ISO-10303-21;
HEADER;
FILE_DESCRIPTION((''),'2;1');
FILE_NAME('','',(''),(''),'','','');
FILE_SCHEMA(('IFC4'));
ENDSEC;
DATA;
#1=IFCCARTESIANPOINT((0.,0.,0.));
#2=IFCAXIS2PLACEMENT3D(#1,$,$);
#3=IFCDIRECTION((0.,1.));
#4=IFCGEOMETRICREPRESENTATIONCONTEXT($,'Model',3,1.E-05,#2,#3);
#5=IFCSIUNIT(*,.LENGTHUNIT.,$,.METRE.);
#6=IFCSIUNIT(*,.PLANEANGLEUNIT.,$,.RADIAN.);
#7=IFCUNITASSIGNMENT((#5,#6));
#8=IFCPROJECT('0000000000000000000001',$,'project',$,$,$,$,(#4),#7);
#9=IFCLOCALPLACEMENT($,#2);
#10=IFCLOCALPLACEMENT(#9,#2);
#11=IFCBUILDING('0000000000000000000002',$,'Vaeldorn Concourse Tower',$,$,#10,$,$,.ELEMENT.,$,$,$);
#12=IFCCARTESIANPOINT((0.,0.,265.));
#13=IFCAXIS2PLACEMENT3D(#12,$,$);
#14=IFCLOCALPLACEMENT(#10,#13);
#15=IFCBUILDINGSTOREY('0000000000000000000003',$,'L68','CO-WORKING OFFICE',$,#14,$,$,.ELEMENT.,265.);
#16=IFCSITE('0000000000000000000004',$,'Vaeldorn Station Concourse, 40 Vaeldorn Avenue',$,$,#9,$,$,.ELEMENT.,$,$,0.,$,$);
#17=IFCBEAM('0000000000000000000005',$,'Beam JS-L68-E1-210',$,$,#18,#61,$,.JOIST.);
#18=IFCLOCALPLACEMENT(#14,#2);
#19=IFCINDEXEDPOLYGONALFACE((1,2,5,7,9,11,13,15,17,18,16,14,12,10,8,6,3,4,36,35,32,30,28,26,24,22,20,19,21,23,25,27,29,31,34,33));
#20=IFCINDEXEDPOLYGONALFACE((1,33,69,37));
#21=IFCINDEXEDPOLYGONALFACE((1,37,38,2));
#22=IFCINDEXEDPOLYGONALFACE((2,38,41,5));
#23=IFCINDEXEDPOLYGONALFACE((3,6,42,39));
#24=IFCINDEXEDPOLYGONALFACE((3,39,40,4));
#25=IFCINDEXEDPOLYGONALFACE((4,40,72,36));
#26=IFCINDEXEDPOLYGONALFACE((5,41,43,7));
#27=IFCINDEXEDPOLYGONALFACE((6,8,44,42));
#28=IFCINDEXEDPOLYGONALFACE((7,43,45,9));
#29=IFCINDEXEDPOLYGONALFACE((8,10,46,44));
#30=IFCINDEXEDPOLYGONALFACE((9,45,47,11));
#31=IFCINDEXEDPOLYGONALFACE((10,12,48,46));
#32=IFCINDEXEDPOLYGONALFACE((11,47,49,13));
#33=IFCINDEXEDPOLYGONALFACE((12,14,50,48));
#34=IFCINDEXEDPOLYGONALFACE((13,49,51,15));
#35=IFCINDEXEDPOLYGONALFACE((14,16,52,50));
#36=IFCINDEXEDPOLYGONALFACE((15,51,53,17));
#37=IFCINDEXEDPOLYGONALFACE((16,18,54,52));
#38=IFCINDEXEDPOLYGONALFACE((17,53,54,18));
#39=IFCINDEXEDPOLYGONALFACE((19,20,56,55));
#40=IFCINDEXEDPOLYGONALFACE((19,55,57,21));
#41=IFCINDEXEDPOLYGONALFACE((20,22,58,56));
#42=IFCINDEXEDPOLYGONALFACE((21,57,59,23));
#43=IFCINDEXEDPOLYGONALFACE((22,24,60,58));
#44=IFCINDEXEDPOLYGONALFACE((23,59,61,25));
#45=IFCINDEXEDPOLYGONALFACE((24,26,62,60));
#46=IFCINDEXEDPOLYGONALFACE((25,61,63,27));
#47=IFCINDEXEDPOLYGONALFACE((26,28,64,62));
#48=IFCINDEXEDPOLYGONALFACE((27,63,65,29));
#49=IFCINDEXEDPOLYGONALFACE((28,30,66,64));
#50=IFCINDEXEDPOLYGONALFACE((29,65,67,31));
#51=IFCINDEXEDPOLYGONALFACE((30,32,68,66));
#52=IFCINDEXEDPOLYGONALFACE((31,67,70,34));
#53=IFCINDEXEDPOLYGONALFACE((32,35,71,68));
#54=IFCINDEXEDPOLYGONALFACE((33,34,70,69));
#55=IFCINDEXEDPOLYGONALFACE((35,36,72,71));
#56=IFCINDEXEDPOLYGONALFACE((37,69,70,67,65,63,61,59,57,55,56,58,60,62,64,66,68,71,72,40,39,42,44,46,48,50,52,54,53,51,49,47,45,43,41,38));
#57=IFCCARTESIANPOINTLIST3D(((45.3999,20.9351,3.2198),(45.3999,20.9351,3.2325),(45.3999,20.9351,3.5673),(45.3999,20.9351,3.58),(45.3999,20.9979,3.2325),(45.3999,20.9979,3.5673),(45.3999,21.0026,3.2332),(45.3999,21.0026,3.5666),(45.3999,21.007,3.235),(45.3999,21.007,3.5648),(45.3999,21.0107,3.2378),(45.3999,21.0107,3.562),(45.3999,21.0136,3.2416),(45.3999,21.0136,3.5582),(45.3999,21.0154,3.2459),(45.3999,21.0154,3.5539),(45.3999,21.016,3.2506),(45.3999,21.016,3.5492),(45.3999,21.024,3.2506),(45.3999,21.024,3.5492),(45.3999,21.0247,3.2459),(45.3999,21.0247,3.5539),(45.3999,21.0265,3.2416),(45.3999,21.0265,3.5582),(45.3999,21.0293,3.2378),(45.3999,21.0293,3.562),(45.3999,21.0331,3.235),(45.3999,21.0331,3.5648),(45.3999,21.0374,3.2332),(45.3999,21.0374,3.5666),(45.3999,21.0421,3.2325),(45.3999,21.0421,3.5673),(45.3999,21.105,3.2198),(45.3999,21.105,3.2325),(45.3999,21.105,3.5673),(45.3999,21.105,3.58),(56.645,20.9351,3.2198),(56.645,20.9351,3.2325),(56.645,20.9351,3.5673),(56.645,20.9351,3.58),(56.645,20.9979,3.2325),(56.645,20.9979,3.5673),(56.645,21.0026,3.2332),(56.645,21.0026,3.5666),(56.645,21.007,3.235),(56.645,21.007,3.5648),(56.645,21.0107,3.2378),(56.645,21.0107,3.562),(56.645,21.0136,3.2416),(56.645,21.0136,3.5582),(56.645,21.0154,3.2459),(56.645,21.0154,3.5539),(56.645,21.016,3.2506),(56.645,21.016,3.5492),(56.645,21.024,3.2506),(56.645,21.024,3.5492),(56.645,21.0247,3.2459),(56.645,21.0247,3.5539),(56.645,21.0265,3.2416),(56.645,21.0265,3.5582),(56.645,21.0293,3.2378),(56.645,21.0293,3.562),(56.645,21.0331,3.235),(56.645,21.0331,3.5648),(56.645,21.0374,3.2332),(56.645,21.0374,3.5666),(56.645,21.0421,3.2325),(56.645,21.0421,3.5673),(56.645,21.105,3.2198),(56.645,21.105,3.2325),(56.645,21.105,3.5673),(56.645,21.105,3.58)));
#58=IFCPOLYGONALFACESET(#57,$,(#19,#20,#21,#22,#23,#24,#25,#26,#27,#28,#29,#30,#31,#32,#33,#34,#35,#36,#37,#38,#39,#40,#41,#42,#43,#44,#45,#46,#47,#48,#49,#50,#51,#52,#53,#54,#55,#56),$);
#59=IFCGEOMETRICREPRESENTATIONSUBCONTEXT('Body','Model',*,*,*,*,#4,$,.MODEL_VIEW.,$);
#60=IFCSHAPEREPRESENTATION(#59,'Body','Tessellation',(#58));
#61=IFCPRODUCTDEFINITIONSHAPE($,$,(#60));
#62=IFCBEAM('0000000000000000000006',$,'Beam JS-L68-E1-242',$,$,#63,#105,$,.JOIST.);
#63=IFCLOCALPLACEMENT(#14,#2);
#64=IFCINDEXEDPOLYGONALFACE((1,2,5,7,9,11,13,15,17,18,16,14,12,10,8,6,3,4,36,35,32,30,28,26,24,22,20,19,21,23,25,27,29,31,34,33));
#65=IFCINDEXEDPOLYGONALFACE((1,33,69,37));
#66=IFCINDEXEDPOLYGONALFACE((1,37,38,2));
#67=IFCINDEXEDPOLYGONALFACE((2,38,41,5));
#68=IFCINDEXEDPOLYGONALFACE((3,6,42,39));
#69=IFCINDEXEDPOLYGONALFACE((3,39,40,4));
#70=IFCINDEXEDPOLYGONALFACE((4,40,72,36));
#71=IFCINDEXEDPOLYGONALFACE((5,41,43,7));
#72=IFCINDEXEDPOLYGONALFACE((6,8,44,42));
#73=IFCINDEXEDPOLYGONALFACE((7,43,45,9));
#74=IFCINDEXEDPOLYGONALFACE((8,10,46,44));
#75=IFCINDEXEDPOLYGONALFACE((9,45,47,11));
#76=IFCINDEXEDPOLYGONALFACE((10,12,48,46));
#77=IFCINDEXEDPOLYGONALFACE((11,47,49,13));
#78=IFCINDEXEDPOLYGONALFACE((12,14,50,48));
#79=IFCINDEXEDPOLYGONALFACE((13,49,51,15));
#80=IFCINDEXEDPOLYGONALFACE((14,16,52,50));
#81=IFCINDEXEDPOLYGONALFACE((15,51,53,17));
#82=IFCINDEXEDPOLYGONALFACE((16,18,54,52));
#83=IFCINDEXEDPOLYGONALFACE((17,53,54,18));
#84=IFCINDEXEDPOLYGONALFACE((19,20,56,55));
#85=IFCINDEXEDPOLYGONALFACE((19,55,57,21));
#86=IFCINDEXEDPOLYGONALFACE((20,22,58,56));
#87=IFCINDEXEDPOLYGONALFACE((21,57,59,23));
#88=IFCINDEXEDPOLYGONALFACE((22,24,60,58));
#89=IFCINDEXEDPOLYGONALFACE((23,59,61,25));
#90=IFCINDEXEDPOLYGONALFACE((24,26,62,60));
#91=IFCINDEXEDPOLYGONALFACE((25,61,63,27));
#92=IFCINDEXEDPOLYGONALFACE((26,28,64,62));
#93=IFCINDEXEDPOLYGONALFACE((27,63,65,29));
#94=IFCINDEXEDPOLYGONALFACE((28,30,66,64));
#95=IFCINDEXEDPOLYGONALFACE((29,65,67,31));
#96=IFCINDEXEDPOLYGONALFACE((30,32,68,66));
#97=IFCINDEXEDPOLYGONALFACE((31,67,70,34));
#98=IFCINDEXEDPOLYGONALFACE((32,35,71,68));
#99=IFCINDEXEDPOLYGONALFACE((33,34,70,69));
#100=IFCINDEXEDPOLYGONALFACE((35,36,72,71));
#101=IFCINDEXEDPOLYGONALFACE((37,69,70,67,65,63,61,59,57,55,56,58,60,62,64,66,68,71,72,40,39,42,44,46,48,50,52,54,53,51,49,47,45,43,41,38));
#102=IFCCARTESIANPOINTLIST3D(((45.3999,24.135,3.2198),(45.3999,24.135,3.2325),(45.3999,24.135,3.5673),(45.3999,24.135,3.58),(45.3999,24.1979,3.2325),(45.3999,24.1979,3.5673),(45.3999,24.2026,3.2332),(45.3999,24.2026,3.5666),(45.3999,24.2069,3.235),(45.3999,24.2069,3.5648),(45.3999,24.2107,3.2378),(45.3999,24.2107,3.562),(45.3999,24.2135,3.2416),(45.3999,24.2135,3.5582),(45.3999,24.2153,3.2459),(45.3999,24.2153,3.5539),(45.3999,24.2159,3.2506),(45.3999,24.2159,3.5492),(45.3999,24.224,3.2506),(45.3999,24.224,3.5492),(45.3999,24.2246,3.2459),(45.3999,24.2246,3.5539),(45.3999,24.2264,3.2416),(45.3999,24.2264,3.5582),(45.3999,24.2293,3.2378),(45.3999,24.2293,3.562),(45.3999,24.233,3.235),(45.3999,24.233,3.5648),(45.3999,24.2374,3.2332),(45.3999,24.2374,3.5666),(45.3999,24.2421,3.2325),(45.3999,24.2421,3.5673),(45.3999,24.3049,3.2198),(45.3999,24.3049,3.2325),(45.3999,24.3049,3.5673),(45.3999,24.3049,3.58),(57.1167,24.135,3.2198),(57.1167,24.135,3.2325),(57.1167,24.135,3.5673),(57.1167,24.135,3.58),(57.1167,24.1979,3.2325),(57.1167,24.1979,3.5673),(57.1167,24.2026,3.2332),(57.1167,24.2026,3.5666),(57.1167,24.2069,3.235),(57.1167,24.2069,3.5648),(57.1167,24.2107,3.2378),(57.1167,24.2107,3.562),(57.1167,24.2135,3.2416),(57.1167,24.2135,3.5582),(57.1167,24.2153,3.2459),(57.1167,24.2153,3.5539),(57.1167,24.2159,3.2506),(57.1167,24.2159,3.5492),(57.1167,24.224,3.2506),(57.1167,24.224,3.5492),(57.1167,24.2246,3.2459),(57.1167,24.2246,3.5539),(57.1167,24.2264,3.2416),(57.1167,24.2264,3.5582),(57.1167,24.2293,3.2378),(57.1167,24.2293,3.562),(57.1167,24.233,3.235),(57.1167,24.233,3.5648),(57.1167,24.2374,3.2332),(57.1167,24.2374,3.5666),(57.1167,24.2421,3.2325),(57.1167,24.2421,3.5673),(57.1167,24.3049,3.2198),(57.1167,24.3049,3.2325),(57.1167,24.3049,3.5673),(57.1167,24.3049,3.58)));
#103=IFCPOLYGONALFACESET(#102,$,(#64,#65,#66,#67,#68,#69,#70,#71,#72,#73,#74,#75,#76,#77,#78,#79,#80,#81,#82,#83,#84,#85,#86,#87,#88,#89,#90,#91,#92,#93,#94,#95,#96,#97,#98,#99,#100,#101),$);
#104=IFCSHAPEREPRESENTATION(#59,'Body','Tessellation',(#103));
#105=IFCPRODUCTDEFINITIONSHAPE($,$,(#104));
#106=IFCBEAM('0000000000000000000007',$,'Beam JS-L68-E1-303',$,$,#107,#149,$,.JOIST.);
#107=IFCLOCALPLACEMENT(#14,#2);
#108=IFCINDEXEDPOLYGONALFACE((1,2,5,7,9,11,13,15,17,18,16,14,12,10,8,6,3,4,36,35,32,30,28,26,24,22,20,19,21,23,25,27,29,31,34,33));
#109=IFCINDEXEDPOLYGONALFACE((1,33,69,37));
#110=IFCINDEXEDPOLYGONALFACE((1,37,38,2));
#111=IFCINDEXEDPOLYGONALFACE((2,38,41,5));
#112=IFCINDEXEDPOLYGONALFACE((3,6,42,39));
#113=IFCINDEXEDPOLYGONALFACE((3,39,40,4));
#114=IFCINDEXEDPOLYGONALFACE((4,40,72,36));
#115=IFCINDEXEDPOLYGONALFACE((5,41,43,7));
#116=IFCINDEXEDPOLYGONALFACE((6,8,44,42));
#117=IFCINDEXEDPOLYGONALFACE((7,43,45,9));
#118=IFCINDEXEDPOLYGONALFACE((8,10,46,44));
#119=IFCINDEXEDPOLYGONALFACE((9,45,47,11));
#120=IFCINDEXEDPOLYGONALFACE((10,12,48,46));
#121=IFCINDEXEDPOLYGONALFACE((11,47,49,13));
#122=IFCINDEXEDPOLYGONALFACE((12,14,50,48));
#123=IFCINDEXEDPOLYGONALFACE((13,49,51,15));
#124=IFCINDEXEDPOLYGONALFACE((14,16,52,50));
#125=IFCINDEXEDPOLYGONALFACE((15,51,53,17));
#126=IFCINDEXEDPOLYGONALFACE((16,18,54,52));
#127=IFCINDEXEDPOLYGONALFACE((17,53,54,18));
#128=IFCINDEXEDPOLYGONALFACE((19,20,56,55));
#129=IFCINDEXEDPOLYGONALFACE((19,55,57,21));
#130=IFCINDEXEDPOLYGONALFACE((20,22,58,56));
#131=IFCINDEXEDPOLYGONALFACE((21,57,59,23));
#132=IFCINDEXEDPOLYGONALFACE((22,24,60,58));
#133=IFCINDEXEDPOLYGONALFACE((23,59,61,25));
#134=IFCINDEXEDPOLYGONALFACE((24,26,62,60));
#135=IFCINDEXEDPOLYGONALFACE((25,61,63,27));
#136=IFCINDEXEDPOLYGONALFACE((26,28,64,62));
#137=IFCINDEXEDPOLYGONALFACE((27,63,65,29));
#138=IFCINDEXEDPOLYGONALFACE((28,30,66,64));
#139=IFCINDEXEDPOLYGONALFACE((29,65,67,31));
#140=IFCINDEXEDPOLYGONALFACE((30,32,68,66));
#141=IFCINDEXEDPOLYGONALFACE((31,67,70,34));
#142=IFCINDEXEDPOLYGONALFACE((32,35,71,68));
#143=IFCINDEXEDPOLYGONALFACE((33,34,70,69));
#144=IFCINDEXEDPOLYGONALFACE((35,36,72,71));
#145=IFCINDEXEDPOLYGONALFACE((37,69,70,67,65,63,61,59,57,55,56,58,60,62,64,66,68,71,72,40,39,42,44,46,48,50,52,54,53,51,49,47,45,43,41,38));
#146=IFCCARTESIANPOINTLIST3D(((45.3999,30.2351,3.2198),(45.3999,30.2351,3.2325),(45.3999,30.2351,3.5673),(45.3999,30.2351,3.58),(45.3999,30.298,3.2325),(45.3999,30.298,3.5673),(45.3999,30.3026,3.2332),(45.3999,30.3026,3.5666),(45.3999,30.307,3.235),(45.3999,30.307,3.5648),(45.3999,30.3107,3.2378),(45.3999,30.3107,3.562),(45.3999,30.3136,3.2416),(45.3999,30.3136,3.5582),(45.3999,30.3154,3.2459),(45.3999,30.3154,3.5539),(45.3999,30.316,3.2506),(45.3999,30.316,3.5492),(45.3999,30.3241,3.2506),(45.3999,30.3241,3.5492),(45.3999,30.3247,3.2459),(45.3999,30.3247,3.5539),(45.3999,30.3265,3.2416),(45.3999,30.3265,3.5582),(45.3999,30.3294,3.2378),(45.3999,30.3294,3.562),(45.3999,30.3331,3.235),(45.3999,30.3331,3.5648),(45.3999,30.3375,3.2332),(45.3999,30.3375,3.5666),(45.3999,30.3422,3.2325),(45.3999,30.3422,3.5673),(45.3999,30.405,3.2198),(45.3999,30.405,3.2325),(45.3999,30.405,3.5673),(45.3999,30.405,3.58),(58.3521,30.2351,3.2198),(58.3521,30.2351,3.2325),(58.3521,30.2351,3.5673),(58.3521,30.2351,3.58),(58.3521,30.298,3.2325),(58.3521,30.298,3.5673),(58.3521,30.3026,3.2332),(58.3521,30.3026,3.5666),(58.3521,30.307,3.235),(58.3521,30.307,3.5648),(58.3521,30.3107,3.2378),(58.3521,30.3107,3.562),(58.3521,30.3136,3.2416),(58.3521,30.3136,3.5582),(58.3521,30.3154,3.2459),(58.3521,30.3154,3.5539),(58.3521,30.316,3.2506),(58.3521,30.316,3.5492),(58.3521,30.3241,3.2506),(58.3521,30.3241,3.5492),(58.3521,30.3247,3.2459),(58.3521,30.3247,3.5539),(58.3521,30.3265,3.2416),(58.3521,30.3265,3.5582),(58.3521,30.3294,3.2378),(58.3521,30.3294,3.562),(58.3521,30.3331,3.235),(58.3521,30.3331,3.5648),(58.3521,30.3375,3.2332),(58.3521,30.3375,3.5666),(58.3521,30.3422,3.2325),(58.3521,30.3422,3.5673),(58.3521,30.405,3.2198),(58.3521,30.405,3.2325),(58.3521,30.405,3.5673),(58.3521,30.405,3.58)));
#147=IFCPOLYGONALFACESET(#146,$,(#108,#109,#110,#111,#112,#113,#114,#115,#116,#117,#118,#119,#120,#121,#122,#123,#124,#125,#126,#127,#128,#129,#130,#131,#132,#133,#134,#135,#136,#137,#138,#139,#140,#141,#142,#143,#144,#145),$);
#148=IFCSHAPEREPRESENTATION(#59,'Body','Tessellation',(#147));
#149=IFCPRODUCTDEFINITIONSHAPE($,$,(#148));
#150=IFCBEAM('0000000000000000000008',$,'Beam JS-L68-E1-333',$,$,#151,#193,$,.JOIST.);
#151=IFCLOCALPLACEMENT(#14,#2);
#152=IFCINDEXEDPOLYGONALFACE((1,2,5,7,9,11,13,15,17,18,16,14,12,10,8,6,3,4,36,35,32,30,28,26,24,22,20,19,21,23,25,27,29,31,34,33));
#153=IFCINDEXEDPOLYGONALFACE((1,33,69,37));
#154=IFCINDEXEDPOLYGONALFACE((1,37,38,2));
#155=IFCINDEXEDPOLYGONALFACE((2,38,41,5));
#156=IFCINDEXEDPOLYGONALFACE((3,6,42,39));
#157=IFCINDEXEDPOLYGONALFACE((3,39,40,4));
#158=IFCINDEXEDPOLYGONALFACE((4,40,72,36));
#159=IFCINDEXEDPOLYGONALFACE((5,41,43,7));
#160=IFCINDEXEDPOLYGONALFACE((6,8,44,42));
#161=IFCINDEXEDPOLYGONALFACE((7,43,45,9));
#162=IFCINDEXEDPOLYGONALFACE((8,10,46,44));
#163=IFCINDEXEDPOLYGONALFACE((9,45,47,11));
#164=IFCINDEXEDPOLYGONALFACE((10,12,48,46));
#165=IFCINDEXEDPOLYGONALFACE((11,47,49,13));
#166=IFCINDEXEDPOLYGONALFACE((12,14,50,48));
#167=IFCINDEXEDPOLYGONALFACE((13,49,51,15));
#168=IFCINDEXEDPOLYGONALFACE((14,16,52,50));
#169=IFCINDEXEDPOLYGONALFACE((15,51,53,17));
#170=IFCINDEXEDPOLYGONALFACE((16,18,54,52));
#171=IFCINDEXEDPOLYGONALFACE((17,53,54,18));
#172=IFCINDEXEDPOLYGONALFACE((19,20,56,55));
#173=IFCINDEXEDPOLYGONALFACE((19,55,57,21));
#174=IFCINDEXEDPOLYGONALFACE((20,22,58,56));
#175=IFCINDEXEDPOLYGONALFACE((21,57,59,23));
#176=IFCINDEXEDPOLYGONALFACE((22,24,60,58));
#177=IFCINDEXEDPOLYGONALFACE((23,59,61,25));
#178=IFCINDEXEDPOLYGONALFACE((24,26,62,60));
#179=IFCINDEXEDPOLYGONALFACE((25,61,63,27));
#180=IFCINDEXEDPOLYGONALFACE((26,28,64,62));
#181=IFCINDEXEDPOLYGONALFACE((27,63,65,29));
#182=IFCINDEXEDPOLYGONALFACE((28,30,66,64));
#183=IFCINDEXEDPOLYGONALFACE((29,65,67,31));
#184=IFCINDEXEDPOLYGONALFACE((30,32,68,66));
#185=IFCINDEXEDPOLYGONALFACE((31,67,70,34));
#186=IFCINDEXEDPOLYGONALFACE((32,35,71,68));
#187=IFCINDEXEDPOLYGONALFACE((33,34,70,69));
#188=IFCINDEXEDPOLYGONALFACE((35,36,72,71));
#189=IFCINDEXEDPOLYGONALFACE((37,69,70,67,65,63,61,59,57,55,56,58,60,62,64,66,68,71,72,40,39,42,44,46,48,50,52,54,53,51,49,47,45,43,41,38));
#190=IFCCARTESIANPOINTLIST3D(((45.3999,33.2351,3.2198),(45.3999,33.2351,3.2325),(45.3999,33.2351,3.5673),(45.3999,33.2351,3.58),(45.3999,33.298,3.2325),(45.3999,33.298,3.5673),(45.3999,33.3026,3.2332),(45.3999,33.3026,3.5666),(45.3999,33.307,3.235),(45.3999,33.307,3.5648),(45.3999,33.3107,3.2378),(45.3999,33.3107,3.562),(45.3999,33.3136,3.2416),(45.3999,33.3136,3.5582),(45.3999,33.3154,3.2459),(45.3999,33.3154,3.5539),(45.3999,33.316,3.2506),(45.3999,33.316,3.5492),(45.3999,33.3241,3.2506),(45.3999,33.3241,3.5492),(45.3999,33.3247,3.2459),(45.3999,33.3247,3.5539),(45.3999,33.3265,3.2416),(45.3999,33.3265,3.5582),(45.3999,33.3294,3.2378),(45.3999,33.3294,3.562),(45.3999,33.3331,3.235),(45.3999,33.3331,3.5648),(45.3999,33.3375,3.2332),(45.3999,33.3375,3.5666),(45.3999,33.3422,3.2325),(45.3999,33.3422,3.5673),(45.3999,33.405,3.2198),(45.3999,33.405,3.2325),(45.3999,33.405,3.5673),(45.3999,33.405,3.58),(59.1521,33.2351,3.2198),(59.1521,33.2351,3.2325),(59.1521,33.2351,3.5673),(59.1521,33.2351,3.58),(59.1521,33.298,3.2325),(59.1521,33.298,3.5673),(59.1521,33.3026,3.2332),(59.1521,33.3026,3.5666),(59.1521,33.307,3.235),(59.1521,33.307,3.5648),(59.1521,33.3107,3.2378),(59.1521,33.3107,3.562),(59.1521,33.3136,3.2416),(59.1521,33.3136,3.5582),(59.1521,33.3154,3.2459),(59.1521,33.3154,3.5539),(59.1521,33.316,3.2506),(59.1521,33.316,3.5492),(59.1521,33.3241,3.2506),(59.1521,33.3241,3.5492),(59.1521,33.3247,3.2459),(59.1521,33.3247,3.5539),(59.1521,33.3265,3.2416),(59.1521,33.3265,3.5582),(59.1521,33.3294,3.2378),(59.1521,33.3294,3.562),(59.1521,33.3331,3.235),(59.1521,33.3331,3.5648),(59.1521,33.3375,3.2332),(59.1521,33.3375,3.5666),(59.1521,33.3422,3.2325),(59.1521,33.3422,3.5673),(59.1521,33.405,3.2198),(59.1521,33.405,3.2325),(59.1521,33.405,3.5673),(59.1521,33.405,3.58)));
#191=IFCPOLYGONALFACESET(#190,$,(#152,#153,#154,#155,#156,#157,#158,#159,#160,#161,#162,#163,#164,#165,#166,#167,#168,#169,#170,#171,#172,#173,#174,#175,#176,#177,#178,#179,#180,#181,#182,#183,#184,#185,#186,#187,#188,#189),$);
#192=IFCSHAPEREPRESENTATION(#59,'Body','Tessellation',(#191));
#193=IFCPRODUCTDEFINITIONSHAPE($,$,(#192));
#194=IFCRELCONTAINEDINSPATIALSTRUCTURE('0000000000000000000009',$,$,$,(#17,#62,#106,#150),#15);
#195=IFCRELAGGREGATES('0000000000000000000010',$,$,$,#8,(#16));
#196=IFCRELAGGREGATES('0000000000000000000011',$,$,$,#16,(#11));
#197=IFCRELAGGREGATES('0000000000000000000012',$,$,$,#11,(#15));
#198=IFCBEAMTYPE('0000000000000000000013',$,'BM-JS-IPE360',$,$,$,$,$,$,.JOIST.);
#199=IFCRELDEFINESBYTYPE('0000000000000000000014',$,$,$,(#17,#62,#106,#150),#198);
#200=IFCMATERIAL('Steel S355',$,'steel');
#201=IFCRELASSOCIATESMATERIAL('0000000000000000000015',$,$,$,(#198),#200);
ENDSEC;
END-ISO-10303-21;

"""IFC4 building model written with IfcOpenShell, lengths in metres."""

from ifc_helpers import new_model, si_unit, direction, frame, origin, origin_2d, place, context, subcontext, project, spatial, i_section, extrude, source, transform, mapped, material, material_profile, profile_set, type_object, element, save


model = new_model("IFC4")

# Units and contexts
model_context = context("Model", 3, precision=1e-05, world=origin(), true_north=direction((0.0, 1.0)))
body_context = subcontext(model_context, "Body", "Model", "MODEL_VIEW")
ifc_project = project(units=[si_unit("LENGTHUNIT", "METRE"), si_unit("PLANEANGLEUNIT", "RADIAN")], contexts=[model_context])

# Site, building, storey
site_placement = place(None, origin())
site = spatial("IfcSite", under=ifc_project, at=site_placement, Name="Vaeldorn Station Concourse, 40 Vaeldorn Avenue", CompositionType="ELEMENT", RefElevation=0.0)
building_placement = place(site_placement, origin())
building = spatial("IfcBuilding", under=site, at=building_placement, Name="Vaeldorn Concourse Tower", CompositionType="ELEMENT")
storey_placement = place(building_placement, frame((0.0, 0.0, 265.0)))
storey = spatial("IfcBuildingStorey", under=building, at=storey_placement, Name="L68", Description="CO-WORKING OFFICE", CompositionType="ELEMENT", Elevation=265.0)

# Shared definitions
ifc_material_1 = material(Name="Steel S355", Category="steel")

# Beams
ifc_material_profile_1 = material_profile(ifc_material_1, i_section(OverallWidth=0.1699, OverallDepth=0.3601, WebThickness=0.0081, FlangeThickness=0.0127, FilletRadius=0.0181, at=origin_2d()), Name="IPE 360")
ifc_profile_set_1 = profile_set([ifc_material_profile_1], Name="Steel S355")
beam_type_1 = type_object("IfcBeamType", Name="BM-JS-IPE360", PredefinedType="JOIST", material=ifc_profile_set_1)
shared_shape_1 = source(origin(), body_context, "Body", "SweptSolid", [
    extrude(i_section(OverallWidth=0.1699, OverallDepth=0.3601, WebThickness=0.0081, FlangeThickness=0.0127, FilletRadius=0.0181, at=origin_2d()), origin(), (0.0, 0.0, 1.0), 11.2451),
])
beam_1_placement = place(storey_placement, frame((45.3999, 21.02, 3.3999), z_axis=(1.0, 0.0, 0.0), x_axis=(0.0, 1.0, 0.0)))
element("IfcBeam", 1, at=beam_1_placement, inside=storey, type_object=beam_type_1, Name="Beam JS-L68-E1-210", PredefinedType="JOIST", context=body_context, shape_type="MappedRepresentation", body=[
    mapped(shared_shape_1, transform((0.0, 0.0, 0.0), scale=1.0)),
])
shared_shape_2 = source(origin(), body_context, "Body", "SweptSolid", [
    extrude(i_section(OverallWidth=0.1699, OverallDepth=0.3601, WebThickness=0.0081, FlangeThickness=0.0127, FilletRadius=0.0181, at=origin_2d()), origin(), (0.0, 0.0, 1.0), 11.7168),
])
beam_2_placement = place(storey_placement, frame((45.3999, 24.22, 3.3999), z_axis=(1.0, 0.0, 0.0), x_axis=(0.0, 1.0, 0.0)))
element("IfcBeam", 2, at=beam_2_placement, inside=storey, type_object=beam_type_1, Name="Beam JS-L68-E1-242", PredefinedType="JOIST", context=body_context, shape_type="MappedRepresentation", body=[
    mapped(shared_shape_2, transform((0.0, 0.0, 0.0), scale=1.0)),
])
shared_shape_3 = source(origin(), body_context, "Body", "SweptSolid", [
    extrude(i_section(OverallWidth=0.1699, OverallDepth=0.3601, WebThickness=0.0081, FlangeThickness=0.0127, FilletRadius=0.0181, at=origin_2d()), origin(), (0.0, 0.0, 1.0), 12.9521),
])
beam_3_placement = place(storey_placement, frame((45.3999, 30.3201, 3.3999), z_axis=(1.0, 0.0, 0.0), x_axis=(0.0, 1.0, 0.0)))
element("IfcBeam", 3, at=beam_3_placement, inside=storey, type_object=beam_type_1, Name="Beam JS-L68-E1-303", PredefinedType="JOIST", context=body_context, shape_type="MappedRepresentation", body=[
    mapped(shared_shape_3, transform((0.0, 0.0, 0.0), scale=1.0)),
])
shared_shape_4 = source(origin(), body_context, "Body", "SweptSolid", [
    extrude(i_section(OverallWidth=0.1699, OverallDepth=0.3601, WebThickness=0.0081, FlangeThickness=0.0127, FilletRadius=0.0181, at=origin_2d()), origin(), (0.0, 0.0, 1.0), 13.7522),
])
beam_4_placement = place(storey_placement, frame((45.3999, 33.3201, 3.3999), z_axis=(1.0, 0.0, 0.0), x_axis=(0.0, 1.0, 0.0)))
element("IfcBeam", 4, at=beam_4_placement, inside=storey, type_object=beam_type_1, Name="Beam JS-L68-E1-333", PredefinedType="JOIST", context=body_context, shape_type="MappedRepresentation", body=[
    mapped(shared_shape_4, transform((0.0, 0.0, 0.0), scale=1.0)),
])

save(model, "model.ifc")
